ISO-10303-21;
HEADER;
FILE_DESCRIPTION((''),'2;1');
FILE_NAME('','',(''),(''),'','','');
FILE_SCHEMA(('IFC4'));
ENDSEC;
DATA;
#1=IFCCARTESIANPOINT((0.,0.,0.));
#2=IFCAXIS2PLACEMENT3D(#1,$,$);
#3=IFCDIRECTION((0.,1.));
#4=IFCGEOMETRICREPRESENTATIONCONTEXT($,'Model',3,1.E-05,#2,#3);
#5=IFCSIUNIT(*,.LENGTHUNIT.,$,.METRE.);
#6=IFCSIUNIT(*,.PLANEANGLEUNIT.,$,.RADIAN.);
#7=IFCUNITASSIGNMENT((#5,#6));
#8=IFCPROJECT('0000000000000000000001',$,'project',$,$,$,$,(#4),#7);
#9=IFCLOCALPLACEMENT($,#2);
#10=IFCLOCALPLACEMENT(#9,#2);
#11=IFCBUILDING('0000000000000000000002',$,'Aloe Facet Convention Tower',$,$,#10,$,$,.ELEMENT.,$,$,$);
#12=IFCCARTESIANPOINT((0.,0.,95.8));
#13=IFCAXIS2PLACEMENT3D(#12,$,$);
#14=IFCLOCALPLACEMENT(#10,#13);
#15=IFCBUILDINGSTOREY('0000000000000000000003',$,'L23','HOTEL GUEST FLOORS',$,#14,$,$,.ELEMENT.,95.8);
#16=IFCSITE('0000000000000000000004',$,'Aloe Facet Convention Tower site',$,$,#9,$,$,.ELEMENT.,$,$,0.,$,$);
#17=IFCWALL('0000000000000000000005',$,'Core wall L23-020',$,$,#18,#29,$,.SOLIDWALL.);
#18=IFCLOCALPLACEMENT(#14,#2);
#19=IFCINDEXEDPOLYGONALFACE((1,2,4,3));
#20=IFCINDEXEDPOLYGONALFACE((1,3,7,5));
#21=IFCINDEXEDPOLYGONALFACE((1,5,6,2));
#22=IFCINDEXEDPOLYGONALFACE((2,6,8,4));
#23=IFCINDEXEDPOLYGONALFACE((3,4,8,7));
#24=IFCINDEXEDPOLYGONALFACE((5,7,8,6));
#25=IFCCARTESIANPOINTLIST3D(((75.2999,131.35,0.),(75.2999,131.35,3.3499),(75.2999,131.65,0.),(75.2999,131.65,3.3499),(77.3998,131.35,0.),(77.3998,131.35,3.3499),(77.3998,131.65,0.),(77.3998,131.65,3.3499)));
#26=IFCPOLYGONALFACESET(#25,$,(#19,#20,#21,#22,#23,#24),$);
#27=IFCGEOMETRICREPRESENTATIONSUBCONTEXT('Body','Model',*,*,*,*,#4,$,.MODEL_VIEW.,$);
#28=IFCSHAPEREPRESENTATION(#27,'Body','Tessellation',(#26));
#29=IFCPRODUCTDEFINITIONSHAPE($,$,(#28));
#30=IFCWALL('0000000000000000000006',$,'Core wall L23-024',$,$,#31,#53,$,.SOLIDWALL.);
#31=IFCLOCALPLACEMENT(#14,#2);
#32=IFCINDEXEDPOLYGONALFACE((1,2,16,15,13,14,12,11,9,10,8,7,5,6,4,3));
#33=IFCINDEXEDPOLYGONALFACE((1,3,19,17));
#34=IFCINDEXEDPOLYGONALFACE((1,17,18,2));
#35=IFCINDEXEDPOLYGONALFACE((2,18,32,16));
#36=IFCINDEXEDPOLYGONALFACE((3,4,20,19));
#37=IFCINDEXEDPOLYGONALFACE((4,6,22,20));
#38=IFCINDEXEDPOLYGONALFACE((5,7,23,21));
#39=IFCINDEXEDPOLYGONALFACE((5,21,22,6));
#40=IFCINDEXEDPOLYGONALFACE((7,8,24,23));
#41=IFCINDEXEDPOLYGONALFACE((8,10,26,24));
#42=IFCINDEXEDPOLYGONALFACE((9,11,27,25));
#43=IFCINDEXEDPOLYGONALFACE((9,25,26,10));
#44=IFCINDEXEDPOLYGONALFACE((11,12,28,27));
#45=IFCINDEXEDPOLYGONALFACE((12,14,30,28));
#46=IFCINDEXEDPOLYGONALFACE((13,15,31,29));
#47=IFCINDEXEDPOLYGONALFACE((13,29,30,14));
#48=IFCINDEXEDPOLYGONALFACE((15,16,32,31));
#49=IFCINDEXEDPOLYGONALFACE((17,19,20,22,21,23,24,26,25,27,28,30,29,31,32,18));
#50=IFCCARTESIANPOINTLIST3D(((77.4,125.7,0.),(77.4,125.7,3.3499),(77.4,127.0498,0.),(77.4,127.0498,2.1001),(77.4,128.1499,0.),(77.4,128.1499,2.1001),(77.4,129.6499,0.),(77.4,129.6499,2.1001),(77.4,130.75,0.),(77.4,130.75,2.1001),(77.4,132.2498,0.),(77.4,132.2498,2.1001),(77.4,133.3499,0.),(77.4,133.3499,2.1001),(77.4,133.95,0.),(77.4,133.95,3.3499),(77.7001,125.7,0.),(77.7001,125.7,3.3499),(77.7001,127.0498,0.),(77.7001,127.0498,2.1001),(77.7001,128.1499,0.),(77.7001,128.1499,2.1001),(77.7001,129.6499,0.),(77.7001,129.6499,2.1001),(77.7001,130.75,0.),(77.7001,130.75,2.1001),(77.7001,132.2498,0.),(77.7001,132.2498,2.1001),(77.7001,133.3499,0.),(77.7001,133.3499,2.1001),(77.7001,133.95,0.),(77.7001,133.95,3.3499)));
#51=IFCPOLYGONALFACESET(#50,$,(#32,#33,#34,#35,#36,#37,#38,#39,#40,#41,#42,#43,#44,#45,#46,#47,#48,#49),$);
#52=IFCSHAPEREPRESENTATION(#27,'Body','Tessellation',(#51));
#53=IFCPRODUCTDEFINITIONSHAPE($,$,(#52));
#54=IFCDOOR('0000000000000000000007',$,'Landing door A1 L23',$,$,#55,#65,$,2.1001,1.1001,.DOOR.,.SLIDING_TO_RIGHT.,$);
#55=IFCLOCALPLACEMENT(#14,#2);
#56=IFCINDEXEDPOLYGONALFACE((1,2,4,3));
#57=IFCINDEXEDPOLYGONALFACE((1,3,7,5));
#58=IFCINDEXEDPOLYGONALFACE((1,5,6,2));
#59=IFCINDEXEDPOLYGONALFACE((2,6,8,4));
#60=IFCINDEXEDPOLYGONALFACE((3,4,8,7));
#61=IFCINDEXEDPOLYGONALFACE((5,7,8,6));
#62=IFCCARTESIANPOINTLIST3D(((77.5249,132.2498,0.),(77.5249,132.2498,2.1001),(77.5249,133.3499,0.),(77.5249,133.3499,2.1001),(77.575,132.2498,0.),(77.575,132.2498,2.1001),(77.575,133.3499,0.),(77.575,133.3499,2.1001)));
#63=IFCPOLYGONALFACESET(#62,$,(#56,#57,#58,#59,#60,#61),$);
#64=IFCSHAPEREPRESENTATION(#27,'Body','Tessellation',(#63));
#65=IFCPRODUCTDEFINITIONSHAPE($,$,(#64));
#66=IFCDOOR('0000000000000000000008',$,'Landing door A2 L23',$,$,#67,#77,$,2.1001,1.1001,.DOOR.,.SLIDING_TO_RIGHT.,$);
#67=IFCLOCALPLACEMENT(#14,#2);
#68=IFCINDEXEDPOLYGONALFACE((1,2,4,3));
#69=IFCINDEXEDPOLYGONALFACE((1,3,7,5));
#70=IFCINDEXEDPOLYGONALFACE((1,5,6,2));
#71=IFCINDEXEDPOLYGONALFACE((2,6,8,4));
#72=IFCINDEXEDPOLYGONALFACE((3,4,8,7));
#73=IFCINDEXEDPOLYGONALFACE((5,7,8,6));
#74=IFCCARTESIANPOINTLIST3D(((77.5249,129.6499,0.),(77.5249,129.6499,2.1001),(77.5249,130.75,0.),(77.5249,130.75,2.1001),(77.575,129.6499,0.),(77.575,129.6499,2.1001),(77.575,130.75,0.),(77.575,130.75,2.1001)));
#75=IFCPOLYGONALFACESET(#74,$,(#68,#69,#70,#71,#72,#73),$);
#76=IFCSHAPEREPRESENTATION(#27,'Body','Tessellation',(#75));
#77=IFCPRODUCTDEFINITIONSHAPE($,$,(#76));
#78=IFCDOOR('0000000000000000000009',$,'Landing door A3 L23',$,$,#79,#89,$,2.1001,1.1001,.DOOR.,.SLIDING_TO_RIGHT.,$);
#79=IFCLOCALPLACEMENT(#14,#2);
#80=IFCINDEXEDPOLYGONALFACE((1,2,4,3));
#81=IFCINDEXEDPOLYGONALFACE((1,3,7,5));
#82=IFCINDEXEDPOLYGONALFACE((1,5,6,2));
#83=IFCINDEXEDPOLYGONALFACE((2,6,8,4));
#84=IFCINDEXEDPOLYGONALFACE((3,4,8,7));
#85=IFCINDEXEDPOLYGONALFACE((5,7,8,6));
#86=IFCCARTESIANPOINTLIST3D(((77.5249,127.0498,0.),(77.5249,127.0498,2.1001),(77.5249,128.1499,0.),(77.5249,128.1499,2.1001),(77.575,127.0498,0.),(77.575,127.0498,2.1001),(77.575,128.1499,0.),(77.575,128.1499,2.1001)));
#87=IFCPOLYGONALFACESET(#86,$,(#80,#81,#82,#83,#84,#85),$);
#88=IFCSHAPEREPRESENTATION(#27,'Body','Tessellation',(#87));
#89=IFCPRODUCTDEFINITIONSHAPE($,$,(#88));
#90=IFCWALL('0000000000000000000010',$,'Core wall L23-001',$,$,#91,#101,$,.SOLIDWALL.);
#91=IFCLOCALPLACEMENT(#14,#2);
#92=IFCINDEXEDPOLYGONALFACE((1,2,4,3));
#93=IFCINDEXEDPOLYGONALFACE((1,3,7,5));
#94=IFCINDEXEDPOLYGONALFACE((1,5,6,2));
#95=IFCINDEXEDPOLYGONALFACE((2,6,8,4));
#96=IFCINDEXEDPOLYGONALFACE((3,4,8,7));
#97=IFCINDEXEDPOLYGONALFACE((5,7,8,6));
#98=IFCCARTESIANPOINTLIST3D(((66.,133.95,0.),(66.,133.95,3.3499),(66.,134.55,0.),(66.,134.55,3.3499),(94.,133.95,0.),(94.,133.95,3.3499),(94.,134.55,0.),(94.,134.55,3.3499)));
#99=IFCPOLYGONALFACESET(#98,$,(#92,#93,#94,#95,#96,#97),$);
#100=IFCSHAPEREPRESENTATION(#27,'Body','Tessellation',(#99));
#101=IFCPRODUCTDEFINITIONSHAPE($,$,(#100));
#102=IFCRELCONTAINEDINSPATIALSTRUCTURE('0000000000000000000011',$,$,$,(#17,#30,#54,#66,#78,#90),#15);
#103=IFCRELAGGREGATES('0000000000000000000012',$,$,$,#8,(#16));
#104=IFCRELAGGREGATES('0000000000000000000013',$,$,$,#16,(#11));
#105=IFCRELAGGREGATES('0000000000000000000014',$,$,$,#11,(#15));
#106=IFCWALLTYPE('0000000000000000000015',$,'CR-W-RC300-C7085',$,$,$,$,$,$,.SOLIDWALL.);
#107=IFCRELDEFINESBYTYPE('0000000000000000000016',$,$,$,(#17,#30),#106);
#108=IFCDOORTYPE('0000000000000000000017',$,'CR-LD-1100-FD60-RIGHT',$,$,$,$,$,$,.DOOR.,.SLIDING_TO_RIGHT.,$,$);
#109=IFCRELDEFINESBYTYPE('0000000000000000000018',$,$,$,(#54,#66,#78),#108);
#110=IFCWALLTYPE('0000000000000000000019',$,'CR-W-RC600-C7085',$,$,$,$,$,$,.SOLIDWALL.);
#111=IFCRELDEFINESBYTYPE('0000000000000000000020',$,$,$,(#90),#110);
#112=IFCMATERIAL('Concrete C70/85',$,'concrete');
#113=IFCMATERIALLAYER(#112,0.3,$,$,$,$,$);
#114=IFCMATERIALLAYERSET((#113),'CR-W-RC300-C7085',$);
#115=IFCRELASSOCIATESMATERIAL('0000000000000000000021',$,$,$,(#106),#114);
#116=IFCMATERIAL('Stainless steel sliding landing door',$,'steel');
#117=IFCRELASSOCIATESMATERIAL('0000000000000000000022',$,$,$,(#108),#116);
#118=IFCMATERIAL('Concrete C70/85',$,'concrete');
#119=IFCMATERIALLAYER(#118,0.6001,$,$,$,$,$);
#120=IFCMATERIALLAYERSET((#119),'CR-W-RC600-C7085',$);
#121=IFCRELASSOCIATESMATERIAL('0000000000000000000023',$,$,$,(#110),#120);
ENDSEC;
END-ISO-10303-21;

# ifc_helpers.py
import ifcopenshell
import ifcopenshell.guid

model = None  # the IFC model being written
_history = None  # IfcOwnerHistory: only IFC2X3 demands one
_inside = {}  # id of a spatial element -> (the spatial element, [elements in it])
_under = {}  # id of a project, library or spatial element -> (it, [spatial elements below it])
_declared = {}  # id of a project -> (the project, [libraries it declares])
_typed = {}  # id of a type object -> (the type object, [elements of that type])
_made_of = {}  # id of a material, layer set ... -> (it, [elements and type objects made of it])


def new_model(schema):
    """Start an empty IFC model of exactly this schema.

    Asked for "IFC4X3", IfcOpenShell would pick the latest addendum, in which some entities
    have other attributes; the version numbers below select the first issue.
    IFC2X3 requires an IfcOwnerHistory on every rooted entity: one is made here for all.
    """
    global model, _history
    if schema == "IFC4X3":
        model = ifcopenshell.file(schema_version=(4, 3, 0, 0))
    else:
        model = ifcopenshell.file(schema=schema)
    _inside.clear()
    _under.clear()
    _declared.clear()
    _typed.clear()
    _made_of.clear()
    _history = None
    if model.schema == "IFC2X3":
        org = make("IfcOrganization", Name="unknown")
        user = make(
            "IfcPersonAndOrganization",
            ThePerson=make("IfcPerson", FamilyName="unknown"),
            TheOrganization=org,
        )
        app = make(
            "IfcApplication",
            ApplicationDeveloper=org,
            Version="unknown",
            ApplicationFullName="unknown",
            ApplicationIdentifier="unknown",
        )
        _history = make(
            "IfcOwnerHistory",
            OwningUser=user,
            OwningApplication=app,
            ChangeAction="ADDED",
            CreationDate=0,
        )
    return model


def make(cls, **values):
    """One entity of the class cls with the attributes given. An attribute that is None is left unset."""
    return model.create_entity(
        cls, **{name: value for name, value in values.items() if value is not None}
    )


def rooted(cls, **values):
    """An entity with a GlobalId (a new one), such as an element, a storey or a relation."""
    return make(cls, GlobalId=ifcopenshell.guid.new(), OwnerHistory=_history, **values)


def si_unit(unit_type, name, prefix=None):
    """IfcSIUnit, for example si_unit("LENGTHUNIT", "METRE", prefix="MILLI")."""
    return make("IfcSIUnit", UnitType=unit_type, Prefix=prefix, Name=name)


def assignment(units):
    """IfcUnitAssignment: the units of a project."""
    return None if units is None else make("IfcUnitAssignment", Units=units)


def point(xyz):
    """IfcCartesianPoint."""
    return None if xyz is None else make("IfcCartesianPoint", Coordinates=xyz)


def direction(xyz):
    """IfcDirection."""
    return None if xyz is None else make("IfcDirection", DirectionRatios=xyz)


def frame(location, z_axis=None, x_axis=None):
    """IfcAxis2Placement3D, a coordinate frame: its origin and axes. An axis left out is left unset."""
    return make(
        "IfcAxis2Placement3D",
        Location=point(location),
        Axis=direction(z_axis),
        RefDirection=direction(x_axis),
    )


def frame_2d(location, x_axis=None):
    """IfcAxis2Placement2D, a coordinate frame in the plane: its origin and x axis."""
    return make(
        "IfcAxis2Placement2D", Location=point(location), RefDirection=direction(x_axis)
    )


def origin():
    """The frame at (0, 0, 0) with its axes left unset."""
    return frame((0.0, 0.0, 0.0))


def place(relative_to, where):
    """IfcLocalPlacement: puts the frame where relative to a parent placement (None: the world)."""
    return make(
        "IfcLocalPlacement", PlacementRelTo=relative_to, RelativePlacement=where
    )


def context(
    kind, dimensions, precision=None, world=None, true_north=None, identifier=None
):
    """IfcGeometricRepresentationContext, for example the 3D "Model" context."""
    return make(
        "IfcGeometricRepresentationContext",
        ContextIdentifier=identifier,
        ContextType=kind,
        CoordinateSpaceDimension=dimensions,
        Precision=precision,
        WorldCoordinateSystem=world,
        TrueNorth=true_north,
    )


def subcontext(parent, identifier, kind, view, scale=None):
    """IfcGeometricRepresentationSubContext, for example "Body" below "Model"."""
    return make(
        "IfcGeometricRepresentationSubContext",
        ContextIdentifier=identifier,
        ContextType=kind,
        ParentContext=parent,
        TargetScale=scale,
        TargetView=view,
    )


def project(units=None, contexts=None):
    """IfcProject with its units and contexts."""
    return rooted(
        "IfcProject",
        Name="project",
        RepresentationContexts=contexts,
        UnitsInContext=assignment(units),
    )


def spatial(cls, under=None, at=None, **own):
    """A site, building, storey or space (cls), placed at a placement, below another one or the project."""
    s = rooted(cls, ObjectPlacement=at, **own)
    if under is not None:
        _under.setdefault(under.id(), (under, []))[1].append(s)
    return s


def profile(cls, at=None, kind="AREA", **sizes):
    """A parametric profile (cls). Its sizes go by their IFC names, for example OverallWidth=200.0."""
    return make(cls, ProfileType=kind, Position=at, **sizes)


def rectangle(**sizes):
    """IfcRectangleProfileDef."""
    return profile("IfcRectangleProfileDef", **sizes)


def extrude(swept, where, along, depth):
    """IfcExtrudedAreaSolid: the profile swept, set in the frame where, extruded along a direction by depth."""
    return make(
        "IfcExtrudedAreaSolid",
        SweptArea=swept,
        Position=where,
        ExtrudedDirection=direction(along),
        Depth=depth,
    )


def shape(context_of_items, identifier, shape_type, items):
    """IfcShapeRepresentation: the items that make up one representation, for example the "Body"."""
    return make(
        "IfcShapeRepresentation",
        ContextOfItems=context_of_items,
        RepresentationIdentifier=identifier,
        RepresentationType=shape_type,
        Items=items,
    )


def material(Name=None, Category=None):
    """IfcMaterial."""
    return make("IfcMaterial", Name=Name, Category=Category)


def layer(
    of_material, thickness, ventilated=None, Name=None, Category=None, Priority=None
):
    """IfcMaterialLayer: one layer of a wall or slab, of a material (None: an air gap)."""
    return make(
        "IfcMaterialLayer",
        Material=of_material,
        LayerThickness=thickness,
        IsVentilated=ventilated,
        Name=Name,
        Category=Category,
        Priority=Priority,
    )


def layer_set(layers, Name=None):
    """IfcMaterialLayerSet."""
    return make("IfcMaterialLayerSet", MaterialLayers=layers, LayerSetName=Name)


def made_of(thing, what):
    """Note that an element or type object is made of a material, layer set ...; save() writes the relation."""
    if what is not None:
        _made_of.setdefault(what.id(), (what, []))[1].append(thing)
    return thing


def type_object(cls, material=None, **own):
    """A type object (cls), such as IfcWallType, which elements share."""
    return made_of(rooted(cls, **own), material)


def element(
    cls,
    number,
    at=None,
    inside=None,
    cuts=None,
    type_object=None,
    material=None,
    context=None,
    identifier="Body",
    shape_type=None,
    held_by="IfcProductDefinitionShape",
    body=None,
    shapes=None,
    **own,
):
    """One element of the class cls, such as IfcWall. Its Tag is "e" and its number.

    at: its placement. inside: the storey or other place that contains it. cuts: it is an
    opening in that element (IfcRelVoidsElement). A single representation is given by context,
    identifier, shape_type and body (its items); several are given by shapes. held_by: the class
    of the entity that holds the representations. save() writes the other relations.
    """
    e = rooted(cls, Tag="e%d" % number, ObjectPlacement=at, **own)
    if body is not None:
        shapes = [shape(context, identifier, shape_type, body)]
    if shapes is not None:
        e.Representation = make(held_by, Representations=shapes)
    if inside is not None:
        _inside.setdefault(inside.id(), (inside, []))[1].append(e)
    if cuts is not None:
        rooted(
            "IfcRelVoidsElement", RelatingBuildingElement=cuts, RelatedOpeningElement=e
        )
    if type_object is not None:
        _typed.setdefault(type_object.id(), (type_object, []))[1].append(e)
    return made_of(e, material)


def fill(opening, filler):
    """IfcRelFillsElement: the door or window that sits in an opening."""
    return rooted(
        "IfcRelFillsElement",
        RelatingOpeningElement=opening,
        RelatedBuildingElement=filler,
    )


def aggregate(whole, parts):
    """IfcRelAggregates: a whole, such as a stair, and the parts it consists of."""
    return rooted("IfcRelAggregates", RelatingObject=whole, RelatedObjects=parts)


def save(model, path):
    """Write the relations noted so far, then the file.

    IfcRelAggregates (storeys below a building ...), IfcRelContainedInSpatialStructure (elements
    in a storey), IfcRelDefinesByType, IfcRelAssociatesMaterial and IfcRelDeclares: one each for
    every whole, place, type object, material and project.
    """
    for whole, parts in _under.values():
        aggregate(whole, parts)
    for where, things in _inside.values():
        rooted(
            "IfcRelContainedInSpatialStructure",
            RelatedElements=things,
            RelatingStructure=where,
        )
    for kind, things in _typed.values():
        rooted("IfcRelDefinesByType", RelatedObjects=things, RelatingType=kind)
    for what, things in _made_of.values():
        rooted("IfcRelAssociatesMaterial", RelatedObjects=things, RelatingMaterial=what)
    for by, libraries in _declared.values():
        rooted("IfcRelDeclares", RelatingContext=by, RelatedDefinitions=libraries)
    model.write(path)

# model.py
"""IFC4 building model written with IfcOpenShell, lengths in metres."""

from ifc_helpers import new_model, si_unit, direction, frame, frame_2d, origin, place, context, subcontext, project, spatial, rectangle, extrude, material, layer, layer_set, type_object, element, fill, save


model = new_model("IFC4")

# Units and contexts
model_context = context("Model", 3, precision=1e-05, world=origin(), true_north=direction((0.0, 1.0)))
body_context = subcontext(model_context, "Body", "Model", "MODEL_VIEW")
ifc_project = project(units=[si_unit("LENGTHUNIT", "METRE"), si_unit("PLANEANGLEUNIT", "RADIAN")], contexts=[model_context])

# Site, building, storey
site_placement = place(None, origin())
site = spatial("IfcSite", under=ifc_project, at=site_placement, Name="Aloe Facet Convention Tower site", CompositionType="ELEMENT", RefElevation=0.0)
building_placement = place(site_placement, origin())
building = spatial("IfcBuilding", under=site, at=building_placement, Name="Aloe Facet Convention Tower", CompositionType="ELEMENT")
storey_placement = place(building_placement, frame((0.0, 0.0, 95.8)))
storey = spatial("IfcBuildingStorey", under=building, at=storey_placement, Name="L23", Description="HOTEL GUEST FLOORS", CompositionType="ELEMENT", Elevation=95.8)

# Shared definitions
ifc_material_1 = material(Name="Concrete C70/85", Category="concrete")
ifc_layer_1 = layer(ifc_material_1, 0.3)
ifc_layer_set_1 = layer_set([ifc_layer_1], Name="CR-W-RC300-C7085")
wall_type_1 = type_object("IfcWallType", Name="CR-W-RC300-C7085", PredefinedType="SOLIDWALL", material=ifc_layer_set_1)

# Wall
wall_1_placement = place(storey_placement, frame((75.3, 131.5, 0.0), z_axis=(0.0, 0.0, 1.0), x_axis=(1.0, 0.0, 0.0)))
element("IfcWall", 1, at=wall_1_placement, inside=storey, type_object=wall_type_1, Name="Core wall L23-020", PredefinedType="SOLIDWALL", context=body_context, shape_type="SweptSolid", body=[
    extrude(rectangle(XDim=2.0999, YDim=0.3, at=frame_2d((1.0498, 0.0))), origin(), (0.0, 0.0, 1.0), 3.3499),
])

# Wall, openings, doors
wall_2_placement = place(storey_placement, frame((77.55, 133.95, 0.0), z_axis=(0.0, 0.0, 1.0), x_axis=(0.0, -1.0, 0.0)))
wall_2 = element("IfcWall", 2, at=wall_2_placement, inside=storey, type_object=wall_type_1, Name="Core wall L23-024", PredefinedType="SOLIDWALL", context=body_context, shape_type="SweptSolid", body=[
    extrude(rectangle(XDim=8.25, YDim=0.3, at=frame_2d((4.125, 0.0))), origin(), (0.0, 0.0, 1.0), 3.3499),
])
opening_1_placement = place(wall_2_placement, frame((0.6001, 0.0, 0.0)))
opening_1 = element("IfcOpeningElement", 3, at=opening_1_placement, cuts=wall_2, PredefinedType="OPENING", context=body_context, shape_type="SweptSolid", body=[
    extrude(rectangle(XDim=1.1001, YDim=2.1001, at=frame_2d((0.55, 1.05))), frame((0.0, 0.1602, 0.0), z_axis=(0.0, -1.0, 0.0), x_axis=(1.0, 0.0, 0.0)), (0.0, 0.0, 1.0), 0.3201),
])
opening_2_placement = place(wall_2_placement, frame((3.2, 0.0, 0.0)))
opening_2 = element("IfcOpeningElement", 4, at=opening_2_placement, cuts=wall_2, PredefinedType="OPENING", context=body_context, shape_type="SweptSolid", body=[
    extrude(rectangle(XDim=1.1001, YDim=2.1001, at=frame_2d((0.55, 1.05))), frame((0.0, 0.1602, 0.0), z_axis=(0.0, -1.0, 0.0), x_axis=(1.0, 0.0, 0.0)), (0.0, 0.0, 1.0), 0.3201),
])
opening_3_placement = place(wall_2_placement, frame((5.8, 0.0, 0.0)))
opening_3 = element("IfcOpeningElement", 5, at=opening_3_placement, cuts=wall_2, PredefinedType="OPENING", context=body_context, shape_type="SweptSolid", body=[
    extrude(rectangle(XDim=1.1001, YDim=2.1001, at=frame_2d((0.55, 1.05))), frame((0.0, 0.1602, 0.0), z_axis=(0.0, -1.0, 0.0), x_axis=(1.0, 0.0, 0.0)), (0.0, 0.0, 1.0), 0.3201),
])
ifc_material_2 = material(Name="Stainless steel sliding landing door", Category="steel")
door_type_1 = type_object("IfcDoorType", Name="CR-LD-1100-FD60-RIGHT", OperationType="SLIDING_TO_RIGHT", PredefinedType="DOOR", material=ifc_material_2)
door_1_placement = place(opening_1_placement, origin())
door_1 = element("IfcDoor", 6, at=door_1_placement, inside=storey, type_object=door_type_1, Name="Landing door A1 L23", OperationType="SLIDING_TO_RIGHT", OverallHeight=2.1001, OverallWidth=1.1001, PredefinedType="DOOR", context=body_context, shape_type="SweptSolid", body=[
    extrude(rectangle(XDim=1.1001, YDim=2.1001, at=frame_2d((0.55, 1.05))), frame((0.0, 0.0249, 0.0), z_axis=(0.0, -1.0, 0.0), x_axis=(1.0, 0.0, 0.0)), (0.0, 0.0, 1.0), 0.05),
])
fill(opening_1, door_1)
door_2_placement = place(opening_2_placement, origin())
door_2 = element("IfcDoor", 7, at=door_2_placement, inside=storey, type_object=door_type_1, Name="Landing door A2 L23", OperationType="SLIDING_TO_RIGHT", OverallHeight=2.1001, OverallWidth=1.1001, PredefinedType="DOOR", context=body_context, shape_type="SweptSolid", body=[
    extrude(rectangle(XDim=1.1001, YDim=2.1001, at=frame_2d((0.55, 1.05))), frame((0.0, 0.0249, 0.0), z_axis=(0.0, -1.0, 0.0), x_axis=(1.0, 0.0, 0.0)), (0.0, 0.0, 1.0), 0.05),
])
fill(opening_2, door_2)
door_3_placement = place(opening_3_placement, origin())
door_3 = element("IfcDoor", 8, at=door_3_placement, inside=storey, type_object=door_type_1, Name="Landing door A3 L23", OperationType="SLIDING_TO_RIGHT", OverallHeight=2.1001, OverallWidth=1.1001, PredefinedType="DOOR", context=body_context, shape_type="SweptSolid", body=[
    extrude(rectangle(XDim=1.1001, YDim=2.1001, at=frame_2d((0.55, 1.05))), frame((0.0, 0.0249, 0.0), z_axis=(0.0, -1.0, 0.0), x_axis=(1.0, 0.0, 0.0)), (0.0, 0.0, 1.0), 0.05),
])
fill(opening_3, door_3)

# Wall
ifc_material_3 = material(Name="Concrete C70/85", Category="concrete")
ifc_layer_2 = layer(ifc_material_3, 0.6001)
ifc_layer_set_2 = layer_set([ifc_layer_2], Name="CR-W-RC600-C7085")
wall_type_2 = type_object("IfcWallType", Name="CR-W-RC600-C7085", PredefinedType="SOLIDWALL", material=ifc_layer_set_2)
wall_3_placement = place(storey_placement, frame((66.0, 134.25, 0.0), z_axis=(0.0, 0.0, 1.0), x_axis=(1.0, 0.0, 0.0)))
element("IfcWall", 9, at=wall_3_placement, inside=storey, type_object=wall_type_2, Name="Core wall L23-001", PredefinedType="SOLIDWALL", context=body_context, shape_type="SweptSolid", body=[
    extrude(rectangle(XDim=28.0, YDim=0.6001, at=frame_2d((14.0, 0.0))), origin(), (0.0, 0.0, 1.0), 3.3499),
])

save(model, "model.ifc")
